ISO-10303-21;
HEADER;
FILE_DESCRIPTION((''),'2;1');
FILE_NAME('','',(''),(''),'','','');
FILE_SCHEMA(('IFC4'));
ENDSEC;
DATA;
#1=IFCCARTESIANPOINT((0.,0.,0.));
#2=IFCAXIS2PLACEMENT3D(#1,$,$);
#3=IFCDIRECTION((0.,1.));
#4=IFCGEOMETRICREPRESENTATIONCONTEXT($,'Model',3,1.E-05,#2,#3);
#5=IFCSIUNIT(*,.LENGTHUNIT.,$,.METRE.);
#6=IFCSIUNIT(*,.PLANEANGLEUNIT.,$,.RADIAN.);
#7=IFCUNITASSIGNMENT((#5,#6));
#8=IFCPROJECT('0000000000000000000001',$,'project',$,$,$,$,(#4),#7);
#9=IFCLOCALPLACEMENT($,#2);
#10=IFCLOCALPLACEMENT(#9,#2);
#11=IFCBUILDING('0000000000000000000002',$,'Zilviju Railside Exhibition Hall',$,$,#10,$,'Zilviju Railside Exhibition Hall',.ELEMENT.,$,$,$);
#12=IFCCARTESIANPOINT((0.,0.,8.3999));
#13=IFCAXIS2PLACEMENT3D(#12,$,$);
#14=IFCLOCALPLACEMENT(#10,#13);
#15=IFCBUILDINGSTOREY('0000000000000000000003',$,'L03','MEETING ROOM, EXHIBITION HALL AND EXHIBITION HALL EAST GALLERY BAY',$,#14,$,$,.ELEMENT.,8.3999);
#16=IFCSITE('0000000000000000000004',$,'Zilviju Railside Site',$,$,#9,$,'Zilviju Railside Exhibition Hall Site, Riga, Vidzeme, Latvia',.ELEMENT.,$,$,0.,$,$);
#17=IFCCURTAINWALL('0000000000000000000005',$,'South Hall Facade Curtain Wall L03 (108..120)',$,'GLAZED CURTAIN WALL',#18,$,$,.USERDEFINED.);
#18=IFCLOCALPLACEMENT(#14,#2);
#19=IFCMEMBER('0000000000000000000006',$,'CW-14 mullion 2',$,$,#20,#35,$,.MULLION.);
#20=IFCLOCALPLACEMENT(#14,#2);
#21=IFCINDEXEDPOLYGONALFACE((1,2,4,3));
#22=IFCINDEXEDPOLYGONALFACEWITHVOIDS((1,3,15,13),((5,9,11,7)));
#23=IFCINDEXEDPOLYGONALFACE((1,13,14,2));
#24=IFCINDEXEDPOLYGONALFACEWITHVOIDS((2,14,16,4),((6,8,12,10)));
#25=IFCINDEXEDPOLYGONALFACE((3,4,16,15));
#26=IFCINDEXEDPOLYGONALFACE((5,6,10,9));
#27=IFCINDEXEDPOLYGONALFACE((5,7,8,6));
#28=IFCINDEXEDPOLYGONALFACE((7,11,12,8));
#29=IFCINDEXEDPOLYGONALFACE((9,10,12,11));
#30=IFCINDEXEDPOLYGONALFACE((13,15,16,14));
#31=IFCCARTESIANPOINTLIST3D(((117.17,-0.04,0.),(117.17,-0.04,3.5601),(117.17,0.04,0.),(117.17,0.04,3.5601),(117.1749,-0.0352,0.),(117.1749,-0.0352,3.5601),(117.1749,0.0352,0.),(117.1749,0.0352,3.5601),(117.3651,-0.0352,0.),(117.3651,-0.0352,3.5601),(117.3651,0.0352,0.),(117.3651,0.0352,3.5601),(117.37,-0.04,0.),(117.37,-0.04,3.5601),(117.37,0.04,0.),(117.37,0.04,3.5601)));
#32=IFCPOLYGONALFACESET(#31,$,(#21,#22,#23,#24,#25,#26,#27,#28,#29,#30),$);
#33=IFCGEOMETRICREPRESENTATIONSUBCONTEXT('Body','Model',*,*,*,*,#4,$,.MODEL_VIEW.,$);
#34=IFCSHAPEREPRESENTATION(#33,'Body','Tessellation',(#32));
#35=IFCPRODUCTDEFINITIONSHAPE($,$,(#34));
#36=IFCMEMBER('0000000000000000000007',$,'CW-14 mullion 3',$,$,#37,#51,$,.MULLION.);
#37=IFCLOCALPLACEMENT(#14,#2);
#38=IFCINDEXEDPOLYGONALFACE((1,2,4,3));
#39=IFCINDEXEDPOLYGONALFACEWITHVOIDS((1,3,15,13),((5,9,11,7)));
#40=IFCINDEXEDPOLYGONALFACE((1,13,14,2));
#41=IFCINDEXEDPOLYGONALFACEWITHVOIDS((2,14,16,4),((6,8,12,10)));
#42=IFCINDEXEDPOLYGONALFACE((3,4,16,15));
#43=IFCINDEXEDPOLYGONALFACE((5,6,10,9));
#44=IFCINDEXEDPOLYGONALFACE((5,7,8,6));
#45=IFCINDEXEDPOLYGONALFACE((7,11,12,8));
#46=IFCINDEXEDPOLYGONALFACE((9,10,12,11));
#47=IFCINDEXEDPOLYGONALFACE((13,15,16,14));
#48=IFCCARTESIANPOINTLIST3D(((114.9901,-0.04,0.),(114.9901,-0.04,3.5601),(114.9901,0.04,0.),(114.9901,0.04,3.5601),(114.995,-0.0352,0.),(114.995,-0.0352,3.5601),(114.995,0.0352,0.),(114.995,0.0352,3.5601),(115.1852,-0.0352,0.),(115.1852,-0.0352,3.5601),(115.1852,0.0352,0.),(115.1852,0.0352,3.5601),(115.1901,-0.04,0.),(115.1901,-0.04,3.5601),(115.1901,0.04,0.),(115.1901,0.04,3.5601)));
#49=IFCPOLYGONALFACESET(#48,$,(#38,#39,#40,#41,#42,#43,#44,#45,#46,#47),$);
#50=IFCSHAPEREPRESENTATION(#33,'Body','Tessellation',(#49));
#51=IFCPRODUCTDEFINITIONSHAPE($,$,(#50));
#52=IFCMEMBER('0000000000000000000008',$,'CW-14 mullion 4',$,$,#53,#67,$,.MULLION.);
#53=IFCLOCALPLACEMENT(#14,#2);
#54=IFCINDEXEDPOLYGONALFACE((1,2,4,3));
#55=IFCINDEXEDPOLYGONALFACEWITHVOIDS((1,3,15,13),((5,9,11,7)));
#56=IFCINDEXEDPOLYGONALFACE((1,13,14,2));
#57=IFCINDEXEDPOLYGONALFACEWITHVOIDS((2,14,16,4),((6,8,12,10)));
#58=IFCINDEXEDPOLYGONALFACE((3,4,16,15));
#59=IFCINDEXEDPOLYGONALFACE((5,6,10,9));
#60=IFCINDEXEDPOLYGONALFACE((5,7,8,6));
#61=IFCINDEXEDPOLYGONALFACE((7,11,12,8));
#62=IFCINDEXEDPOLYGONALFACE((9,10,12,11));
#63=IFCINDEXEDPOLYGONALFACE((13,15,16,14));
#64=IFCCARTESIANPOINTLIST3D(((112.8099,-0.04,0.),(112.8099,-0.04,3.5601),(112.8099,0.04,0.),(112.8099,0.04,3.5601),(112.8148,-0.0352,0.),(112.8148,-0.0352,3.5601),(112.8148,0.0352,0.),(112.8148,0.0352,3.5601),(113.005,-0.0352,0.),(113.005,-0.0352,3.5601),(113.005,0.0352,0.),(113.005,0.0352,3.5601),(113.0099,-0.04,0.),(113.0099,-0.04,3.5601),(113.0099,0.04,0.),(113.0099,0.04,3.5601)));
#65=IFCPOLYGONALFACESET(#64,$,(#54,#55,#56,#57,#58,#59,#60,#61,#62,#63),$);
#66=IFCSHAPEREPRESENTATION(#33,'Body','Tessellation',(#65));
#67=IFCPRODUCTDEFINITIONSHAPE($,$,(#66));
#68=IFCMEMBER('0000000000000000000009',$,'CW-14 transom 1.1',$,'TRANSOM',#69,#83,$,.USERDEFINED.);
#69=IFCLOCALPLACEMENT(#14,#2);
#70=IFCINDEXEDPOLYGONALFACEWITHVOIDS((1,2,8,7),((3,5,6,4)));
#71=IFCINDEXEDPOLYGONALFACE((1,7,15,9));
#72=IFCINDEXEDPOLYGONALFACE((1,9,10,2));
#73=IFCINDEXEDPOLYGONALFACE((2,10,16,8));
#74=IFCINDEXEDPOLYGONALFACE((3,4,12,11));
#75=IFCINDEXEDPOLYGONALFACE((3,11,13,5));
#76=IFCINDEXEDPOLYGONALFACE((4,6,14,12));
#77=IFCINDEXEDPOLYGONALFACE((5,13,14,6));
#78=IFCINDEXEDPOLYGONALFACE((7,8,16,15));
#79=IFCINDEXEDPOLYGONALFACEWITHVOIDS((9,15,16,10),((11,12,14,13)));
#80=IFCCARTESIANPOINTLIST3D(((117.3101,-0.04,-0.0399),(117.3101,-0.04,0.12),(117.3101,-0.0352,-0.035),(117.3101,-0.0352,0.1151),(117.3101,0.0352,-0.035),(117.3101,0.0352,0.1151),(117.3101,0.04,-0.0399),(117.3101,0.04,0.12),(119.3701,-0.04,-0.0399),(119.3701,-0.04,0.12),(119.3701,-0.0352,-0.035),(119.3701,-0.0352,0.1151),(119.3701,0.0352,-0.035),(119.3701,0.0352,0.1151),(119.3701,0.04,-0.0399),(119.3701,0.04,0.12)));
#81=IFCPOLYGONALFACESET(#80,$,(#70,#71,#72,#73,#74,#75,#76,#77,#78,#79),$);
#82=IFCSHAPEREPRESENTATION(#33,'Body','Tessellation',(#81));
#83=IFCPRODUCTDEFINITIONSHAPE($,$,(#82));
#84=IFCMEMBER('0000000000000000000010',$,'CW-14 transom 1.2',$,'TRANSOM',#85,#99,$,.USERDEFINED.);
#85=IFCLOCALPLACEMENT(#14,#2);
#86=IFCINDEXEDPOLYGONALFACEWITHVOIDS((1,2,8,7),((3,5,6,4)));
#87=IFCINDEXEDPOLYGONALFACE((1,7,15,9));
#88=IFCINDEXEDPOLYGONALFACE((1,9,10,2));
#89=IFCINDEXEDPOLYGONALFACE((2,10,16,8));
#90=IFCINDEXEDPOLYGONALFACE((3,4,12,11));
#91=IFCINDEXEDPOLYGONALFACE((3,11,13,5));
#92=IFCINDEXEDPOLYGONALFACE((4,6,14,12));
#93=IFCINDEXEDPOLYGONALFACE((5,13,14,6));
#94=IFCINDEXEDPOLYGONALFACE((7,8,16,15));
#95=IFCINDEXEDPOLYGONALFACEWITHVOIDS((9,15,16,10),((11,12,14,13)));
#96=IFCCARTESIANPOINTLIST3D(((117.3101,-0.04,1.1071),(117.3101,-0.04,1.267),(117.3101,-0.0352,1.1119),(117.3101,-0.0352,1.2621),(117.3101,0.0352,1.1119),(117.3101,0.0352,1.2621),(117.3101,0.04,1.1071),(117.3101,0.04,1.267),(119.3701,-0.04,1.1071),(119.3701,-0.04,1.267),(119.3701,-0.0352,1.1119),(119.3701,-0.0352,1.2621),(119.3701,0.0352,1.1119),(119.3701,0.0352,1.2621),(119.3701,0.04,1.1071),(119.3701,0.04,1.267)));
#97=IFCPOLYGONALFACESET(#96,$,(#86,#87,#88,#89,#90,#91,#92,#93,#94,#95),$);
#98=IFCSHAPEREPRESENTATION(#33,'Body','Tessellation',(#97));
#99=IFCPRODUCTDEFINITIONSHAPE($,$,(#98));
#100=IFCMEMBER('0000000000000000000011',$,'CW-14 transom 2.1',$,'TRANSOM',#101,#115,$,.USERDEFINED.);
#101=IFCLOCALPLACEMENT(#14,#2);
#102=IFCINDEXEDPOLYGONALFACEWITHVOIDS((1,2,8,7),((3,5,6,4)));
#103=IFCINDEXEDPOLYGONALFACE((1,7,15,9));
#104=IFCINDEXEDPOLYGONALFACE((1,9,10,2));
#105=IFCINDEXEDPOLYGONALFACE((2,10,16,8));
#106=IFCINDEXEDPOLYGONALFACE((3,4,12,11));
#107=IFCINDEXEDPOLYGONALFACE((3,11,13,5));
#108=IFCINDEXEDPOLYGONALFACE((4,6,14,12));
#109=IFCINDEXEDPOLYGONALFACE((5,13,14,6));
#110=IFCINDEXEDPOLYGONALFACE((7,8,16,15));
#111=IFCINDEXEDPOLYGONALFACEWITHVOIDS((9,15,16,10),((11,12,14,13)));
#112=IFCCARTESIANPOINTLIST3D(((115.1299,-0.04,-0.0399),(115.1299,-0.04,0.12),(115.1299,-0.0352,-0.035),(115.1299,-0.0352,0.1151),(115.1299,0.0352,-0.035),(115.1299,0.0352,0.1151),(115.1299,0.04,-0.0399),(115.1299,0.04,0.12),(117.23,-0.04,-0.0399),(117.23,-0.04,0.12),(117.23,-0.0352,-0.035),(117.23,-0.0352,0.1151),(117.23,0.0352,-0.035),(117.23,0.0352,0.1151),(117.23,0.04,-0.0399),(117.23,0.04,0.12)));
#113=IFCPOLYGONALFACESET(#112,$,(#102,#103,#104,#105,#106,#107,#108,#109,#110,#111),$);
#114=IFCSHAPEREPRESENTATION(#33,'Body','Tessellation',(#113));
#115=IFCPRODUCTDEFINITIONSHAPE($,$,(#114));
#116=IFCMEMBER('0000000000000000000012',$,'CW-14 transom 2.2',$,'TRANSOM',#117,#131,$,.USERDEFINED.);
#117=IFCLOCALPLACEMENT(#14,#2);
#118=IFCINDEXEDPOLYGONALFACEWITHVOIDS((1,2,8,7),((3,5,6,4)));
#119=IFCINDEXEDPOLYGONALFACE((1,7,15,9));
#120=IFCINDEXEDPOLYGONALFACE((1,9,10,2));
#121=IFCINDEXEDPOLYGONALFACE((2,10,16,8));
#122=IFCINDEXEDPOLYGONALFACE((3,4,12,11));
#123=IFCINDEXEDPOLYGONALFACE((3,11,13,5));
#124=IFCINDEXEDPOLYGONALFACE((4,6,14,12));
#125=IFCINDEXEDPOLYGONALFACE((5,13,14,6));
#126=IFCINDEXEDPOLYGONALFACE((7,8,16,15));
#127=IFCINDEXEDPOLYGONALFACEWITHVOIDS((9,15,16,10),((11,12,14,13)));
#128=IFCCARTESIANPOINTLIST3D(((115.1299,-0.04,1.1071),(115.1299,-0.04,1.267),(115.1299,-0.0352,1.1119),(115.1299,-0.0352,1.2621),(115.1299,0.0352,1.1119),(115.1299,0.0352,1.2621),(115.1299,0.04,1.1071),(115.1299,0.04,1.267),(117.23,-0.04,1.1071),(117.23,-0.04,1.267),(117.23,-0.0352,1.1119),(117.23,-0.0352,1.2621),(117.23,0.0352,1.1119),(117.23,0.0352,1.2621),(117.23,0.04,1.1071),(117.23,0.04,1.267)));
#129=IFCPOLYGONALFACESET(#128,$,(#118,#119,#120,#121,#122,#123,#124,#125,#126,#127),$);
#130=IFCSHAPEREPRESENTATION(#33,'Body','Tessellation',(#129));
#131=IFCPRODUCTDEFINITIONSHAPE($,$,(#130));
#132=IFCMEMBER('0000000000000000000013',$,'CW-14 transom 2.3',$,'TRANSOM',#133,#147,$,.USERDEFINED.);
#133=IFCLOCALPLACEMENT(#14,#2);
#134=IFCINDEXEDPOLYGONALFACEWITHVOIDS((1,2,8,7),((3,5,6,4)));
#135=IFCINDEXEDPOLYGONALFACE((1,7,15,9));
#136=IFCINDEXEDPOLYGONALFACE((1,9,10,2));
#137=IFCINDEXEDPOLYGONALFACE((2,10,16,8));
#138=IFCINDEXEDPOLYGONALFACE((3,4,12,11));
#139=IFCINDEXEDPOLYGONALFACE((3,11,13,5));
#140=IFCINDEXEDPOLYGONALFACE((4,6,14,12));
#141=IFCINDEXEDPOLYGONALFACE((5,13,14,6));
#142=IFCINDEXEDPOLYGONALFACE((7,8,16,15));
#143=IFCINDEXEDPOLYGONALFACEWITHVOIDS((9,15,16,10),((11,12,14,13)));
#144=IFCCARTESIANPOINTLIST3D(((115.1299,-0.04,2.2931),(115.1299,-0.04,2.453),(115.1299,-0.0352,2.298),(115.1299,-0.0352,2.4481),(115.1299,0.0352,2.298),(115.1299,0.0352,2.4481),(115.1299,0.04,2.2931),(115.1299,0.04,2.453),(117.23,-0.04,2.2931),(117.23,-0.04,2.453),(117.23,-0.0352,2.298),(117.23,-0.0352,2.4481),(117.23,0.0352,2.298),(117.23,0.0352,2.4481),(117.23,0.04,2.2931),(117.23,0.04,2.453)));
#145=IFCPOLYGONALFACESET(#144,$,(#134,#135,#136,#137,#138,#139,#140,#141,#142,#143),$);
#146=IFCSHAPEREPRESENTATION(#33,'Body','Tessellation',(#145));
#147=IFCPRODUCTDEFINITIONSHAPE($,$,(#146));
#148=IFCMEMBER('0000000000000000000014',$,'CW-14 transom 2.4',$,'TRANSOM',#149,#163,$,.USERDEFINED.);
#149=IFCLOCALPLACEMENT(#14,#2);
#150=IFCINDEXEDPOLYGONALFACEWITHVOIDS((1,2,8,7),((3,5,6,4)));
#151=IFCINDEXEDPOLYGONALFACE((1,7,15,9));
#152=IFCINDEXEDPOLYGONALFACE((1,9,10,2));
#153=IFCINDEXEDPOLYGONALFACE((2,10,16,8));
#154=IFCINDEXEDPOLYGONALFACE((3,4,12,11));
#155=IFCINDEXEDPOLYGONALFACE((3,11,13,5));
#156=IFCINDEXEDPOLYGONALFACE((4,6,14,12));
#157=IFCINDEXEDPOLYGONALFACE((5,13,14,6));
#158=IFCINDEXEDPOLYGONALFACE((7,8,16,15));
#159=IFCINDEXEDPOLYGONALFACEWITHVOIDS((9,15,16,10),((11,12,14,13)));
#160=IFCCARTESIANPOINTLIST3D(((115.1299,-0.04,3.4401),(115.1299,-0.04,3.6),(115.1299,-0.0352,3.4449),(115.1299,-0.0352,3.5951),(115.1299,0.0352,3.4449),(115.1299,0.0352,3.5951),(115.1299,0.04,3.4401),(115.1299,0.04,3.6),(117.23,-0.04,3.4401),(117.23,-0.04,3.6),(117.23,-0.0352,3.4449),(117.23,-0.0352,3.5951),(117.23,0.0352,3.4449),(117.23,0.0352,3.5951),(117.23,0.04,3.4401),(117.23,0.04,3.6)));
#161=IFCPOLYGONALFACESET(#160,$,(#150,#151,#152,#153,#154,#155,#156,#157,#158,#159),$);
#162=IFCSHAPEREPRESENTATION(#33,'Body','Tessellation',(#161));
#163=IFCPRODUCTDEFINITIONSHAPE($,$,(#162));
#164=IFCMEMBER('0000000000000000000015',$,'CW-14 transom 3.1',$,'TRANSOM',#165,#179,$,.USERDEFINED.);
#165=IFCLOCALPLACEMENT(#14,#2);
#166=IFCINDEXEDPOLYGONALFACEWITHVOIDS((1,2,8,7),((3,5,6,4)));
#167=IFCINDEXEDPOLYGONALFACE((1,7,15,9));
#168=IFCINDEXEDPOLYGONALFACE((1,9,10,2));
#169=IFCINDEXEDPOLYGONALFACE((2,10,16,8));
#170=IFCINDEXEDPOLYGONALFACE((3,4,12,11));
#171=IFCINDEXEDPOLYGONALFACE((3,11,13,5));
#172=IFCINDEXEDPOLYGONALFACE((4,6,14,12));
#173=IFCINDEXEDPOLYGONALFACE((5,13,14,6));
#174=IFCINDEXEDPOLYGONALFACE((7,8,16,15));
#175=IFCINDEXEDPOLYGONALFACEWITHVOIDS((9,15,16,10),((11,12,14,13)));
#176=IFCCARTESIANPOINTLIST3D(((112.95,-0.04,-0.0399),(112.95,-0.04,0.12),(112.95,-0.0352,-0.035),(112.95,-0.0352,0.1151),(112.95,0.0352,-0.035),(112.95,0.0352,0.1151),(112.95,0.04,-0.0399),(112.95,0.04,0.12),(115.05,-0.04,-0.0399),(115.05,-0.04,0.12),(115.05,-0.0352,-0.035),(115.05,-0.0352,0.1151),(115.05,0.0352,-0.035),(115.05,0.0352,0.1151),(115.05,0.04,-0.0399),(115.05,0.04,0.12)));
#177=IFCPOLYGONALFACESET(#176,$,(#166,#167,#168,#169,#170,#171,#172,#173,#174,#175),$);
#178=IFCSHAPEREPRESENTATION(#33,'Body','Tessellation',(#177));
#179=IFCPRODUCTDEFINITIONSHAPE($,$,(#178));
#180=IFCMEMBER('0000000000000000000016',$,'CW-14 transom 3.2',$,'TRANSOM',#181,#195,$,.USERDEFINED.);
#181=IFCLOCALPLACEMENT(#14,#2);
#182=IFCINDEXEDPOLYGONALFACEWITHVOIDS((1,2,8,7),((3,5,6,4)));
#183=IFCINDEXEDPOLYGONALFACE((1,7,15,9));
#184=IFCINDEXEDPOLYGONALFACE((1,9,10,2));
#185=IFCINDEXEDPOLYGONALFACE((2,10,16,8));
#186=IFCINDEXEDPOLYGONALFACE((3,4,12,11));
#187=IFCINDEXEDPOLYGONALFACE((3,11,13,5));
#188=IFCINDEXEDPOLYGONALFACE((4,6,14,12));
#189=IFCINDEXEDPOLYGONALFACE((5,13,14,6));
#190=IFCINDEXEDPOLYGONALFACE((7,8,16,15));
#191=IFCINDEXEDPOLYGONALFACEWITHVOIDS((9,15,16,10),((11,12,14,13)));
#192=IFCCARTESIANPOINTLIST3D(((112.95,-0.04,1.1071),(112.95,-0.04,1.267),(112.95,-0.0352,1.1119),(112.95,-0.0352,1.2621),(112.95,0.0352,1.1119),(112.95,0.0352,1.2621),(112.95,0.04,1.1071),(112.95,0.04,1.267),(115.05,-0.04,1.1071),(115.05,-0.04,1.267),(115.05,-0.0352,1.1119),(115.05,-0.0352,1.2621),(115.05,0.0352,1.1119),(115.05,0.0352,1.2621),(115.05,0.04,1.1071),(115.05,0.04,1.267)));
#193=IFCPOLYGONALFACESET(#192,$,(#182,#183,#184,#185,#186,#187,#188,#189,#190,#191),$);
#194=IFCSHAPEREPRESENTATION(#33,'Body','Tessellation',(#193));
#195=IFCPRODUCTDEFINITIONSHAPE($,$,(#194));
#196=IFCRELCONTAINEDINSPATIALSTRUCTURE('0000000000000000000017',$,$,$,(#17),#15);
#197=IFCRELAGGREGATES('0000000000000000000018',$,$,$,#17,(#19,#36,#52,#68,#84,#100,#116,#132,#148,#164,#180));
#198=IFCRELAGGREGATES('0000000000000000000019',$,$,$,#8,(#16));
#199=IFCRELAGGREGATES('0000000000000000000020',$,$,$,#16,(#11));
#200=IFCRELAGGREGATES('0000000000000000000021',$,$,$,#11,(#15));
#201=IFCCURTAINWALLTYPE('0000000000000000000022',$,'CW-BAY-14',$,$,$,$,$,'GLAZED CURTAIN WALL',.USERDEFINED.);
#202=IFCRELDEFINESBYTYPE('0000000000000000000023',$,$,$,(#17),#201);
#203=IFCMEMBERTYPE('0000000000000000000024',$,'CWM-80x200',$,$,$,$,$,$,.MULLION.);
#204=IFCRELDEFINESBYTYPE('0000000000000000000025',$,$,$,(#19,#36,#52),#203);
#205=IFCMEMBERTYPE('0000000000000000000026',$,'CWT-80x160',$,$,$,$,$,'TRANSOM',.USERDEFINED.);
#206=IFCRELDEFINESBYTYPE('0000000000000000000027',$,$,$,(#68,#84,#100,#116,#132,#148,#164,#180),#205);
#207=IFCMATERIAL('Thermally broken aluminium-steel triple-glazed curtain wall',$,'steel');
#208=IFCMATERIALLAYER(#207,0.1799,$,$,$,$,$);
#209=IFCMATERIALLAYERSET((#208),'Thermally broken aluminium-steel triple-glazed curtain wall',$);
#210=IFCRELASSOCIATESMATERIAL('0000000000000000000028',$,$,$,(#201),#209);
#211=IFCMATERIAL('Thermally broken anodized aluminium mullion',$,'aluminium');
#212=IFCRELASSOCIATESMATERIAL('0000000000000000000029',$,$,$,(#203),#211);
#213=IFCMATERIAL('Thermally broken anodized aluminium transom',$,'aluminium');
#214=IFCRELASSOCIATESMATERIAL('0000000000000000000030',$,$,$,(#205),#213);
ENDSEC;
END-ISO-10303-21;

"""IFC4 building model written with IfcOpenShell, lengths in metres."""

from ifc_helpers import new_model, si_unit, direction, frame, origin, origin_2d, place, context, subcontext, project, spatial, hollow_rectangle, extrude, material, layer, layer_set, material_profile, profile_set, type_object, element, aggregate, save


model = new_model("IFC4")

# Units and contexts
model_context = context("Model", 3, precision=1e-05, world=origin(), true_north=direction((0.0, 1.0)))
body_context = subcontext(model_context, "Body", "Model", "MODEL_VIEW")
ifc_project = project(units=[si_unit("LENGTHUNIT", "METRE"), si_unit("PLANEANGLEUNIT", "RADIAN")], contexts=[model_context])

# Site, building, storey
site_placement = place(None, origin())
site = spatial("IfcSite", under=ifc_project, at=site_placement, Name="Zilviju Railside Site", LongName="Zilviju Railside Exhibition Hall Site, Riga, Vidzeme, Latvia", CompositionType="ELEMENT", RefElevation=0.0)
building_placement = place(site_placement, origin())
building = spatial("IfcBuilding", under=site, at=building_placement, Name="Zilviju Railside Exhibition Hall", LongName="Zilviju Railside Exhibition Hall", CompositionType="ELEMENT")
storey_placement = place(building_placement, frame((0.0, 0.0, 8.3999)))
storey = spatial("IfcBuildingStorey", under=building, at=storey_placement, Name="L03", Description="MEETING ROOM, EXHIBITION HALL AND EXHIBITION HALL EAST GALLERY BAY", CompositionType="ELEMENT", Elevation=8.3999)

# Curtain wall, members
ifc_material_1 = material(Name="Thermally broken aluminium-steel triple-glazed curtain wall", Category="steel")
ifc_layer_1 = layer(ifc_material_1, 0.1799)
ifc_layer_set_1 = layer_set([ifc_layer_1], Name="Thermally broken aluminium-steel triple-glazed curtain wall")
curtain_wall_type = type_object("IfcCurtainWallType", Name="CW-BAY-14", ElementType="GLAZED CURTAIN WALL", PredefinedType="USERDEFINED", material=ifc_layer_set_1)
curtain_wall_placement = place(storey_placement, origin())
curtain_wall = element("IfcCurtainWall", 1, at=curtain_wall_placement, inside=storey, type_object=curtain_wall_type, Name="South Hall Facade Curtain Wall L03 (108..120)", ObjectType="GLAZED CURTAIN WALL", PredefinedType="USERDEFINED")
ifc_material_2 = material(Name="Thermally broken anodized aluminium mullion", Category="aluminium")
ifc_material_profile_1 = material_profile(ifc_material_2, hollow_rectangle(XDim=0.0801, YDim=0.2, WallThickness=0.0049, at=origin_2d()), Name="MULLION 200x80x5")
ifc_profile_set_1 = profile_set([ifc_material_profile_1], Name="Thermally broken anodized aluminium mullion")
member_type_1 = type_object("IfcMemberType", Name="CWM-80x200", PredefinedType="MULLION", material=ifc_profile_set_1)
member_1_placement = place(storey_placement, frame((117.27, 0.0, 0.0), z_axis=(0.0, 0.0, 1.0), x_axis=(0.0, -1.0, 0.0)))
member_1 = element("IfcMember", 2, at=member_1_placement, type_object=member_type_1, Name="CW-14 mullion 2", PredefinedType="MULLION", context=body_context, shape_type="SweptSolid", body=[
    extrude(hollow_rectangle(XDim=0.0801, YDim=0.2, WallThickness=0.0049, at=origin_2d()), origin(), (0.0, 0.0, 1.0), 3.5601),
])
member_2_placement = place(storey_placement, frame((115.0901, 0.0, 0.0), z_axis=(0.0, 0.0, 1.0), x_axis=(0.0, -1.0, 0.0)))
member_2 = element("IfcMember", 3, at=member_2_placement, type_object=member_type_1, Name="CW-14 mullion 3", PredefinedType="MULLION", context=body_context, shape_type="SweptSolid", body=[
    extrude(hollow_rectangle(XDim=0.0801, YDim=0.2, WallThickness=0.0049, at=origin_2d()), origin(), (0.0, 0.0, 1.0), 3.5601),
])
member_3_placement = place(storey_placement, frame((112.9099, 0.0, 0.0), z_axis=(0.0, 0.0, 1.0), x_axis=(0.0, -1.0, 0.0)))
member_3 = element("IfcMember", 4, at=member_3_placement, type_object=member_type_1, Name="CW-14 mullion 4", PredefinedType="MULLION", context=body_context, shape_type="SweptSolid", body=[
    extrude(hollow_rectangle(XDim=0.0801, YDim=0.2, WallThickness=0.0049, at=origin_2d()), origin(), (0.0, 0.0, 1.0), 3.5601),
])
ifc_material_3 = material(Name="Thermally broken anodized aluminium transom", Category="aluminium")
ifc_material_profile_2 = material_profile(ifc_material_3, hollow_rectangle(XDim=0.0801, YDim=0.1599, WallThickness=0.0049, at=origin_2d()), Name="TRANSOM 160x80x5")
ifc_profile_set_2 = profile_set([ifc_material_profile_2], Name="Thermally broken anodized aluminium transom")
member_type_2 = type_object("IfcMemberType", Name="CWT-80x160", ElementType="TRANSOM", PredefinedType="USERDEFINED", material=ifc_profile_set_2)
member_4_placement = place(storey_placement, frame((119.3701, 0.0, 0.04), z_axis=(-1.0, 0.0, 0.0), x_axis=(0.0, -1.0, 0.0)))
member_4 = element("IfcMember", 5, at=member_4_placement, type_object=member_type_2, Name="CW-14 transom 1.1", ObjectType="TRANSOM", PredefinedType="USERDEFINED", context=body_context, shape_type="SweptSolid", body=[
    extrude(hollow_rectangle(XDim=0.0801, YDim=0.1599, WallThickness=0.0049, at=origin_2d()), origin(), (0.0, 0.0, 1.0), 2.0601),
])
member_5_placement = place(storey_placement, frame((119.3701, 0.0, 1.187), z_axis=(-1.0, 0.0, 0.0), x_axis=(0.0, -1.0, 0.0)))
member_5 = element("IfcMember", 6, at=member_5_placement, type_object=member_type_2, Name="CW-14 transom 1.2", ObjectType="TRANSOM", PredefinedType="USERDEFINED", context=body_context, shape_type="SweptSolid", body=[
    extrude(hollow_rectangle(XDim=0.0801, YDim=0.1599, WallThickness=0.0049, at=origin_2d()), origin(), (0.0, 0.0, 1.0), 2.0601),
])
member_6_placement = place(storey_placement, frame((117.23, 0.0, 0.04), z_axis=(-1.0, 0.0, 0.0), x_axis=(0.0, -1.0, 0.0)))
member_6 = element("IfcMember", 7, at=member_6_placement, type_object=member_type_2, Name="CW-14 transom 2.1", ObjectType="TRANSOM", PredefinedType="USERDEFINED", context=body_context, shape_type="SweptSolid", body=[
    extrude(hollow_rectangle(XDim=0.0801, YDim=0.1599, WallThickness=0.0049, at=origin_2d()), origin(), (0.0, 0.0, 1.0), 2.1001),
])
member_7_placement = place(storey_placement, frame((117.23, 0.0, 1.187), z_axis=(-1.0, 0.0, 0.0), x_axis=(0.0, -1.0, 0.0)))
member_7 = element("IfcMember", 8, at=member_7_placement, type_object=member_type_2, Name="CW-14 transom 2.2", ObjectType="TRANSOM", PredefinedType="USERDEFINED", context=body_context, shape_type="SweptSolid", body=[
    extrude(hollow_rectangle(XDim=0.0801, YDim=0.1599, WallThickness=0.0049, at=origin_2d()), origin(), (0.0, 0.0, 1.0), 2.1001),
])
member_8_placement = place(storey_placement, frame((117.23, 0.0, 2.373), z_axis=(-1.0, 0.0, 0.0), x_axis=(0.0, -1.0, 0.0)))
member_8 = element("IfcMember", 9, at=member_8_placement, type_object=member_type_2, Name="CW-14 transom 2.3", ObjectType="TRANSOM", PredefinedType="USERDEFINED", context=body_context, shape_type="SweptSolid", body=[
    extrude(hollow_rectangle(XDim=0.0801, YDim=0.1599, WallThickness=0.0049, at=origin_2d()), origin(), (0.0, 0.0, 1.0), 2.1001),
])
member_9_placement = place(storey_placement, frame((117.23, 0.0, 3.52), z_axis=(-1.0, 0.0, 0.0), x_axis=(0.0, -1.0, 0.0)))
member_9 = element("IfcMember", 10, at=member_9_placement, type_object=member_type_2, Name="CW-14 transom 2.4", ObjectType="TRANSOM", PredefinedType="USERDEFINED", context=body_context, shape_type="SweptSolid", body=[
    extrude(hollow_rectangle(XDim=0.0801, YDim=0.1599, WallThickness=0.0049, at=origin_2d()), origin(), (0.0, 0.0, 1.0), 2.1001),
])
member_10_placement = place(storey_placement, frame((115.05, 0.0, 0.04), z_axis=(-1.0, 0.0, 0.0), x_axis=(0.0, -1.0, 0.0)))
member_10 = element("IfcMember", 11, at=member_10_placement, type_object=member_type_2, Name="CW-14 transom 3.1", ObjectType="TRANSOM", PredefinedType="USERDEFINED", context=body_context, shape_type="SweptSolid", body=[
    extrude(hollow_rectangle(XDim=0.0801, YDim=0.1599, WallThickness=0.0049, at=origin_2d()), origin(), (0.0, 0.0, 1.0), 2.1001),
])
member_11_placement = place(storey_placement, frame((115.05, 0.0, 1.187), z_axis=(-1.0, 0.0, 0.0), x_axis=(0.0, -1.0, 0.0)))
member_11 = element("IfcMember", 12, at=member_11_placement, type_object=member_type_2, Name="CW-14 transom 3.2", ObjectType="TRANSOM", PredefinedType="USERDEFINED", context=body_context, shape_type="SweptSolid", body=[
    extrude(hollow_rectangle(XDim=0.0801, YDim=0.1599, WallThickness=0.0049, at=origin_2d()), origin(), (0.0, 0.0, 1.0), 2.1001),
])
aggregate(curtain_wall, [member_1, member_2, member_3, member_4, member_5, member_6, member_7, member_8, member_9, member_10, member_11])

save(model, "model.ifc")
